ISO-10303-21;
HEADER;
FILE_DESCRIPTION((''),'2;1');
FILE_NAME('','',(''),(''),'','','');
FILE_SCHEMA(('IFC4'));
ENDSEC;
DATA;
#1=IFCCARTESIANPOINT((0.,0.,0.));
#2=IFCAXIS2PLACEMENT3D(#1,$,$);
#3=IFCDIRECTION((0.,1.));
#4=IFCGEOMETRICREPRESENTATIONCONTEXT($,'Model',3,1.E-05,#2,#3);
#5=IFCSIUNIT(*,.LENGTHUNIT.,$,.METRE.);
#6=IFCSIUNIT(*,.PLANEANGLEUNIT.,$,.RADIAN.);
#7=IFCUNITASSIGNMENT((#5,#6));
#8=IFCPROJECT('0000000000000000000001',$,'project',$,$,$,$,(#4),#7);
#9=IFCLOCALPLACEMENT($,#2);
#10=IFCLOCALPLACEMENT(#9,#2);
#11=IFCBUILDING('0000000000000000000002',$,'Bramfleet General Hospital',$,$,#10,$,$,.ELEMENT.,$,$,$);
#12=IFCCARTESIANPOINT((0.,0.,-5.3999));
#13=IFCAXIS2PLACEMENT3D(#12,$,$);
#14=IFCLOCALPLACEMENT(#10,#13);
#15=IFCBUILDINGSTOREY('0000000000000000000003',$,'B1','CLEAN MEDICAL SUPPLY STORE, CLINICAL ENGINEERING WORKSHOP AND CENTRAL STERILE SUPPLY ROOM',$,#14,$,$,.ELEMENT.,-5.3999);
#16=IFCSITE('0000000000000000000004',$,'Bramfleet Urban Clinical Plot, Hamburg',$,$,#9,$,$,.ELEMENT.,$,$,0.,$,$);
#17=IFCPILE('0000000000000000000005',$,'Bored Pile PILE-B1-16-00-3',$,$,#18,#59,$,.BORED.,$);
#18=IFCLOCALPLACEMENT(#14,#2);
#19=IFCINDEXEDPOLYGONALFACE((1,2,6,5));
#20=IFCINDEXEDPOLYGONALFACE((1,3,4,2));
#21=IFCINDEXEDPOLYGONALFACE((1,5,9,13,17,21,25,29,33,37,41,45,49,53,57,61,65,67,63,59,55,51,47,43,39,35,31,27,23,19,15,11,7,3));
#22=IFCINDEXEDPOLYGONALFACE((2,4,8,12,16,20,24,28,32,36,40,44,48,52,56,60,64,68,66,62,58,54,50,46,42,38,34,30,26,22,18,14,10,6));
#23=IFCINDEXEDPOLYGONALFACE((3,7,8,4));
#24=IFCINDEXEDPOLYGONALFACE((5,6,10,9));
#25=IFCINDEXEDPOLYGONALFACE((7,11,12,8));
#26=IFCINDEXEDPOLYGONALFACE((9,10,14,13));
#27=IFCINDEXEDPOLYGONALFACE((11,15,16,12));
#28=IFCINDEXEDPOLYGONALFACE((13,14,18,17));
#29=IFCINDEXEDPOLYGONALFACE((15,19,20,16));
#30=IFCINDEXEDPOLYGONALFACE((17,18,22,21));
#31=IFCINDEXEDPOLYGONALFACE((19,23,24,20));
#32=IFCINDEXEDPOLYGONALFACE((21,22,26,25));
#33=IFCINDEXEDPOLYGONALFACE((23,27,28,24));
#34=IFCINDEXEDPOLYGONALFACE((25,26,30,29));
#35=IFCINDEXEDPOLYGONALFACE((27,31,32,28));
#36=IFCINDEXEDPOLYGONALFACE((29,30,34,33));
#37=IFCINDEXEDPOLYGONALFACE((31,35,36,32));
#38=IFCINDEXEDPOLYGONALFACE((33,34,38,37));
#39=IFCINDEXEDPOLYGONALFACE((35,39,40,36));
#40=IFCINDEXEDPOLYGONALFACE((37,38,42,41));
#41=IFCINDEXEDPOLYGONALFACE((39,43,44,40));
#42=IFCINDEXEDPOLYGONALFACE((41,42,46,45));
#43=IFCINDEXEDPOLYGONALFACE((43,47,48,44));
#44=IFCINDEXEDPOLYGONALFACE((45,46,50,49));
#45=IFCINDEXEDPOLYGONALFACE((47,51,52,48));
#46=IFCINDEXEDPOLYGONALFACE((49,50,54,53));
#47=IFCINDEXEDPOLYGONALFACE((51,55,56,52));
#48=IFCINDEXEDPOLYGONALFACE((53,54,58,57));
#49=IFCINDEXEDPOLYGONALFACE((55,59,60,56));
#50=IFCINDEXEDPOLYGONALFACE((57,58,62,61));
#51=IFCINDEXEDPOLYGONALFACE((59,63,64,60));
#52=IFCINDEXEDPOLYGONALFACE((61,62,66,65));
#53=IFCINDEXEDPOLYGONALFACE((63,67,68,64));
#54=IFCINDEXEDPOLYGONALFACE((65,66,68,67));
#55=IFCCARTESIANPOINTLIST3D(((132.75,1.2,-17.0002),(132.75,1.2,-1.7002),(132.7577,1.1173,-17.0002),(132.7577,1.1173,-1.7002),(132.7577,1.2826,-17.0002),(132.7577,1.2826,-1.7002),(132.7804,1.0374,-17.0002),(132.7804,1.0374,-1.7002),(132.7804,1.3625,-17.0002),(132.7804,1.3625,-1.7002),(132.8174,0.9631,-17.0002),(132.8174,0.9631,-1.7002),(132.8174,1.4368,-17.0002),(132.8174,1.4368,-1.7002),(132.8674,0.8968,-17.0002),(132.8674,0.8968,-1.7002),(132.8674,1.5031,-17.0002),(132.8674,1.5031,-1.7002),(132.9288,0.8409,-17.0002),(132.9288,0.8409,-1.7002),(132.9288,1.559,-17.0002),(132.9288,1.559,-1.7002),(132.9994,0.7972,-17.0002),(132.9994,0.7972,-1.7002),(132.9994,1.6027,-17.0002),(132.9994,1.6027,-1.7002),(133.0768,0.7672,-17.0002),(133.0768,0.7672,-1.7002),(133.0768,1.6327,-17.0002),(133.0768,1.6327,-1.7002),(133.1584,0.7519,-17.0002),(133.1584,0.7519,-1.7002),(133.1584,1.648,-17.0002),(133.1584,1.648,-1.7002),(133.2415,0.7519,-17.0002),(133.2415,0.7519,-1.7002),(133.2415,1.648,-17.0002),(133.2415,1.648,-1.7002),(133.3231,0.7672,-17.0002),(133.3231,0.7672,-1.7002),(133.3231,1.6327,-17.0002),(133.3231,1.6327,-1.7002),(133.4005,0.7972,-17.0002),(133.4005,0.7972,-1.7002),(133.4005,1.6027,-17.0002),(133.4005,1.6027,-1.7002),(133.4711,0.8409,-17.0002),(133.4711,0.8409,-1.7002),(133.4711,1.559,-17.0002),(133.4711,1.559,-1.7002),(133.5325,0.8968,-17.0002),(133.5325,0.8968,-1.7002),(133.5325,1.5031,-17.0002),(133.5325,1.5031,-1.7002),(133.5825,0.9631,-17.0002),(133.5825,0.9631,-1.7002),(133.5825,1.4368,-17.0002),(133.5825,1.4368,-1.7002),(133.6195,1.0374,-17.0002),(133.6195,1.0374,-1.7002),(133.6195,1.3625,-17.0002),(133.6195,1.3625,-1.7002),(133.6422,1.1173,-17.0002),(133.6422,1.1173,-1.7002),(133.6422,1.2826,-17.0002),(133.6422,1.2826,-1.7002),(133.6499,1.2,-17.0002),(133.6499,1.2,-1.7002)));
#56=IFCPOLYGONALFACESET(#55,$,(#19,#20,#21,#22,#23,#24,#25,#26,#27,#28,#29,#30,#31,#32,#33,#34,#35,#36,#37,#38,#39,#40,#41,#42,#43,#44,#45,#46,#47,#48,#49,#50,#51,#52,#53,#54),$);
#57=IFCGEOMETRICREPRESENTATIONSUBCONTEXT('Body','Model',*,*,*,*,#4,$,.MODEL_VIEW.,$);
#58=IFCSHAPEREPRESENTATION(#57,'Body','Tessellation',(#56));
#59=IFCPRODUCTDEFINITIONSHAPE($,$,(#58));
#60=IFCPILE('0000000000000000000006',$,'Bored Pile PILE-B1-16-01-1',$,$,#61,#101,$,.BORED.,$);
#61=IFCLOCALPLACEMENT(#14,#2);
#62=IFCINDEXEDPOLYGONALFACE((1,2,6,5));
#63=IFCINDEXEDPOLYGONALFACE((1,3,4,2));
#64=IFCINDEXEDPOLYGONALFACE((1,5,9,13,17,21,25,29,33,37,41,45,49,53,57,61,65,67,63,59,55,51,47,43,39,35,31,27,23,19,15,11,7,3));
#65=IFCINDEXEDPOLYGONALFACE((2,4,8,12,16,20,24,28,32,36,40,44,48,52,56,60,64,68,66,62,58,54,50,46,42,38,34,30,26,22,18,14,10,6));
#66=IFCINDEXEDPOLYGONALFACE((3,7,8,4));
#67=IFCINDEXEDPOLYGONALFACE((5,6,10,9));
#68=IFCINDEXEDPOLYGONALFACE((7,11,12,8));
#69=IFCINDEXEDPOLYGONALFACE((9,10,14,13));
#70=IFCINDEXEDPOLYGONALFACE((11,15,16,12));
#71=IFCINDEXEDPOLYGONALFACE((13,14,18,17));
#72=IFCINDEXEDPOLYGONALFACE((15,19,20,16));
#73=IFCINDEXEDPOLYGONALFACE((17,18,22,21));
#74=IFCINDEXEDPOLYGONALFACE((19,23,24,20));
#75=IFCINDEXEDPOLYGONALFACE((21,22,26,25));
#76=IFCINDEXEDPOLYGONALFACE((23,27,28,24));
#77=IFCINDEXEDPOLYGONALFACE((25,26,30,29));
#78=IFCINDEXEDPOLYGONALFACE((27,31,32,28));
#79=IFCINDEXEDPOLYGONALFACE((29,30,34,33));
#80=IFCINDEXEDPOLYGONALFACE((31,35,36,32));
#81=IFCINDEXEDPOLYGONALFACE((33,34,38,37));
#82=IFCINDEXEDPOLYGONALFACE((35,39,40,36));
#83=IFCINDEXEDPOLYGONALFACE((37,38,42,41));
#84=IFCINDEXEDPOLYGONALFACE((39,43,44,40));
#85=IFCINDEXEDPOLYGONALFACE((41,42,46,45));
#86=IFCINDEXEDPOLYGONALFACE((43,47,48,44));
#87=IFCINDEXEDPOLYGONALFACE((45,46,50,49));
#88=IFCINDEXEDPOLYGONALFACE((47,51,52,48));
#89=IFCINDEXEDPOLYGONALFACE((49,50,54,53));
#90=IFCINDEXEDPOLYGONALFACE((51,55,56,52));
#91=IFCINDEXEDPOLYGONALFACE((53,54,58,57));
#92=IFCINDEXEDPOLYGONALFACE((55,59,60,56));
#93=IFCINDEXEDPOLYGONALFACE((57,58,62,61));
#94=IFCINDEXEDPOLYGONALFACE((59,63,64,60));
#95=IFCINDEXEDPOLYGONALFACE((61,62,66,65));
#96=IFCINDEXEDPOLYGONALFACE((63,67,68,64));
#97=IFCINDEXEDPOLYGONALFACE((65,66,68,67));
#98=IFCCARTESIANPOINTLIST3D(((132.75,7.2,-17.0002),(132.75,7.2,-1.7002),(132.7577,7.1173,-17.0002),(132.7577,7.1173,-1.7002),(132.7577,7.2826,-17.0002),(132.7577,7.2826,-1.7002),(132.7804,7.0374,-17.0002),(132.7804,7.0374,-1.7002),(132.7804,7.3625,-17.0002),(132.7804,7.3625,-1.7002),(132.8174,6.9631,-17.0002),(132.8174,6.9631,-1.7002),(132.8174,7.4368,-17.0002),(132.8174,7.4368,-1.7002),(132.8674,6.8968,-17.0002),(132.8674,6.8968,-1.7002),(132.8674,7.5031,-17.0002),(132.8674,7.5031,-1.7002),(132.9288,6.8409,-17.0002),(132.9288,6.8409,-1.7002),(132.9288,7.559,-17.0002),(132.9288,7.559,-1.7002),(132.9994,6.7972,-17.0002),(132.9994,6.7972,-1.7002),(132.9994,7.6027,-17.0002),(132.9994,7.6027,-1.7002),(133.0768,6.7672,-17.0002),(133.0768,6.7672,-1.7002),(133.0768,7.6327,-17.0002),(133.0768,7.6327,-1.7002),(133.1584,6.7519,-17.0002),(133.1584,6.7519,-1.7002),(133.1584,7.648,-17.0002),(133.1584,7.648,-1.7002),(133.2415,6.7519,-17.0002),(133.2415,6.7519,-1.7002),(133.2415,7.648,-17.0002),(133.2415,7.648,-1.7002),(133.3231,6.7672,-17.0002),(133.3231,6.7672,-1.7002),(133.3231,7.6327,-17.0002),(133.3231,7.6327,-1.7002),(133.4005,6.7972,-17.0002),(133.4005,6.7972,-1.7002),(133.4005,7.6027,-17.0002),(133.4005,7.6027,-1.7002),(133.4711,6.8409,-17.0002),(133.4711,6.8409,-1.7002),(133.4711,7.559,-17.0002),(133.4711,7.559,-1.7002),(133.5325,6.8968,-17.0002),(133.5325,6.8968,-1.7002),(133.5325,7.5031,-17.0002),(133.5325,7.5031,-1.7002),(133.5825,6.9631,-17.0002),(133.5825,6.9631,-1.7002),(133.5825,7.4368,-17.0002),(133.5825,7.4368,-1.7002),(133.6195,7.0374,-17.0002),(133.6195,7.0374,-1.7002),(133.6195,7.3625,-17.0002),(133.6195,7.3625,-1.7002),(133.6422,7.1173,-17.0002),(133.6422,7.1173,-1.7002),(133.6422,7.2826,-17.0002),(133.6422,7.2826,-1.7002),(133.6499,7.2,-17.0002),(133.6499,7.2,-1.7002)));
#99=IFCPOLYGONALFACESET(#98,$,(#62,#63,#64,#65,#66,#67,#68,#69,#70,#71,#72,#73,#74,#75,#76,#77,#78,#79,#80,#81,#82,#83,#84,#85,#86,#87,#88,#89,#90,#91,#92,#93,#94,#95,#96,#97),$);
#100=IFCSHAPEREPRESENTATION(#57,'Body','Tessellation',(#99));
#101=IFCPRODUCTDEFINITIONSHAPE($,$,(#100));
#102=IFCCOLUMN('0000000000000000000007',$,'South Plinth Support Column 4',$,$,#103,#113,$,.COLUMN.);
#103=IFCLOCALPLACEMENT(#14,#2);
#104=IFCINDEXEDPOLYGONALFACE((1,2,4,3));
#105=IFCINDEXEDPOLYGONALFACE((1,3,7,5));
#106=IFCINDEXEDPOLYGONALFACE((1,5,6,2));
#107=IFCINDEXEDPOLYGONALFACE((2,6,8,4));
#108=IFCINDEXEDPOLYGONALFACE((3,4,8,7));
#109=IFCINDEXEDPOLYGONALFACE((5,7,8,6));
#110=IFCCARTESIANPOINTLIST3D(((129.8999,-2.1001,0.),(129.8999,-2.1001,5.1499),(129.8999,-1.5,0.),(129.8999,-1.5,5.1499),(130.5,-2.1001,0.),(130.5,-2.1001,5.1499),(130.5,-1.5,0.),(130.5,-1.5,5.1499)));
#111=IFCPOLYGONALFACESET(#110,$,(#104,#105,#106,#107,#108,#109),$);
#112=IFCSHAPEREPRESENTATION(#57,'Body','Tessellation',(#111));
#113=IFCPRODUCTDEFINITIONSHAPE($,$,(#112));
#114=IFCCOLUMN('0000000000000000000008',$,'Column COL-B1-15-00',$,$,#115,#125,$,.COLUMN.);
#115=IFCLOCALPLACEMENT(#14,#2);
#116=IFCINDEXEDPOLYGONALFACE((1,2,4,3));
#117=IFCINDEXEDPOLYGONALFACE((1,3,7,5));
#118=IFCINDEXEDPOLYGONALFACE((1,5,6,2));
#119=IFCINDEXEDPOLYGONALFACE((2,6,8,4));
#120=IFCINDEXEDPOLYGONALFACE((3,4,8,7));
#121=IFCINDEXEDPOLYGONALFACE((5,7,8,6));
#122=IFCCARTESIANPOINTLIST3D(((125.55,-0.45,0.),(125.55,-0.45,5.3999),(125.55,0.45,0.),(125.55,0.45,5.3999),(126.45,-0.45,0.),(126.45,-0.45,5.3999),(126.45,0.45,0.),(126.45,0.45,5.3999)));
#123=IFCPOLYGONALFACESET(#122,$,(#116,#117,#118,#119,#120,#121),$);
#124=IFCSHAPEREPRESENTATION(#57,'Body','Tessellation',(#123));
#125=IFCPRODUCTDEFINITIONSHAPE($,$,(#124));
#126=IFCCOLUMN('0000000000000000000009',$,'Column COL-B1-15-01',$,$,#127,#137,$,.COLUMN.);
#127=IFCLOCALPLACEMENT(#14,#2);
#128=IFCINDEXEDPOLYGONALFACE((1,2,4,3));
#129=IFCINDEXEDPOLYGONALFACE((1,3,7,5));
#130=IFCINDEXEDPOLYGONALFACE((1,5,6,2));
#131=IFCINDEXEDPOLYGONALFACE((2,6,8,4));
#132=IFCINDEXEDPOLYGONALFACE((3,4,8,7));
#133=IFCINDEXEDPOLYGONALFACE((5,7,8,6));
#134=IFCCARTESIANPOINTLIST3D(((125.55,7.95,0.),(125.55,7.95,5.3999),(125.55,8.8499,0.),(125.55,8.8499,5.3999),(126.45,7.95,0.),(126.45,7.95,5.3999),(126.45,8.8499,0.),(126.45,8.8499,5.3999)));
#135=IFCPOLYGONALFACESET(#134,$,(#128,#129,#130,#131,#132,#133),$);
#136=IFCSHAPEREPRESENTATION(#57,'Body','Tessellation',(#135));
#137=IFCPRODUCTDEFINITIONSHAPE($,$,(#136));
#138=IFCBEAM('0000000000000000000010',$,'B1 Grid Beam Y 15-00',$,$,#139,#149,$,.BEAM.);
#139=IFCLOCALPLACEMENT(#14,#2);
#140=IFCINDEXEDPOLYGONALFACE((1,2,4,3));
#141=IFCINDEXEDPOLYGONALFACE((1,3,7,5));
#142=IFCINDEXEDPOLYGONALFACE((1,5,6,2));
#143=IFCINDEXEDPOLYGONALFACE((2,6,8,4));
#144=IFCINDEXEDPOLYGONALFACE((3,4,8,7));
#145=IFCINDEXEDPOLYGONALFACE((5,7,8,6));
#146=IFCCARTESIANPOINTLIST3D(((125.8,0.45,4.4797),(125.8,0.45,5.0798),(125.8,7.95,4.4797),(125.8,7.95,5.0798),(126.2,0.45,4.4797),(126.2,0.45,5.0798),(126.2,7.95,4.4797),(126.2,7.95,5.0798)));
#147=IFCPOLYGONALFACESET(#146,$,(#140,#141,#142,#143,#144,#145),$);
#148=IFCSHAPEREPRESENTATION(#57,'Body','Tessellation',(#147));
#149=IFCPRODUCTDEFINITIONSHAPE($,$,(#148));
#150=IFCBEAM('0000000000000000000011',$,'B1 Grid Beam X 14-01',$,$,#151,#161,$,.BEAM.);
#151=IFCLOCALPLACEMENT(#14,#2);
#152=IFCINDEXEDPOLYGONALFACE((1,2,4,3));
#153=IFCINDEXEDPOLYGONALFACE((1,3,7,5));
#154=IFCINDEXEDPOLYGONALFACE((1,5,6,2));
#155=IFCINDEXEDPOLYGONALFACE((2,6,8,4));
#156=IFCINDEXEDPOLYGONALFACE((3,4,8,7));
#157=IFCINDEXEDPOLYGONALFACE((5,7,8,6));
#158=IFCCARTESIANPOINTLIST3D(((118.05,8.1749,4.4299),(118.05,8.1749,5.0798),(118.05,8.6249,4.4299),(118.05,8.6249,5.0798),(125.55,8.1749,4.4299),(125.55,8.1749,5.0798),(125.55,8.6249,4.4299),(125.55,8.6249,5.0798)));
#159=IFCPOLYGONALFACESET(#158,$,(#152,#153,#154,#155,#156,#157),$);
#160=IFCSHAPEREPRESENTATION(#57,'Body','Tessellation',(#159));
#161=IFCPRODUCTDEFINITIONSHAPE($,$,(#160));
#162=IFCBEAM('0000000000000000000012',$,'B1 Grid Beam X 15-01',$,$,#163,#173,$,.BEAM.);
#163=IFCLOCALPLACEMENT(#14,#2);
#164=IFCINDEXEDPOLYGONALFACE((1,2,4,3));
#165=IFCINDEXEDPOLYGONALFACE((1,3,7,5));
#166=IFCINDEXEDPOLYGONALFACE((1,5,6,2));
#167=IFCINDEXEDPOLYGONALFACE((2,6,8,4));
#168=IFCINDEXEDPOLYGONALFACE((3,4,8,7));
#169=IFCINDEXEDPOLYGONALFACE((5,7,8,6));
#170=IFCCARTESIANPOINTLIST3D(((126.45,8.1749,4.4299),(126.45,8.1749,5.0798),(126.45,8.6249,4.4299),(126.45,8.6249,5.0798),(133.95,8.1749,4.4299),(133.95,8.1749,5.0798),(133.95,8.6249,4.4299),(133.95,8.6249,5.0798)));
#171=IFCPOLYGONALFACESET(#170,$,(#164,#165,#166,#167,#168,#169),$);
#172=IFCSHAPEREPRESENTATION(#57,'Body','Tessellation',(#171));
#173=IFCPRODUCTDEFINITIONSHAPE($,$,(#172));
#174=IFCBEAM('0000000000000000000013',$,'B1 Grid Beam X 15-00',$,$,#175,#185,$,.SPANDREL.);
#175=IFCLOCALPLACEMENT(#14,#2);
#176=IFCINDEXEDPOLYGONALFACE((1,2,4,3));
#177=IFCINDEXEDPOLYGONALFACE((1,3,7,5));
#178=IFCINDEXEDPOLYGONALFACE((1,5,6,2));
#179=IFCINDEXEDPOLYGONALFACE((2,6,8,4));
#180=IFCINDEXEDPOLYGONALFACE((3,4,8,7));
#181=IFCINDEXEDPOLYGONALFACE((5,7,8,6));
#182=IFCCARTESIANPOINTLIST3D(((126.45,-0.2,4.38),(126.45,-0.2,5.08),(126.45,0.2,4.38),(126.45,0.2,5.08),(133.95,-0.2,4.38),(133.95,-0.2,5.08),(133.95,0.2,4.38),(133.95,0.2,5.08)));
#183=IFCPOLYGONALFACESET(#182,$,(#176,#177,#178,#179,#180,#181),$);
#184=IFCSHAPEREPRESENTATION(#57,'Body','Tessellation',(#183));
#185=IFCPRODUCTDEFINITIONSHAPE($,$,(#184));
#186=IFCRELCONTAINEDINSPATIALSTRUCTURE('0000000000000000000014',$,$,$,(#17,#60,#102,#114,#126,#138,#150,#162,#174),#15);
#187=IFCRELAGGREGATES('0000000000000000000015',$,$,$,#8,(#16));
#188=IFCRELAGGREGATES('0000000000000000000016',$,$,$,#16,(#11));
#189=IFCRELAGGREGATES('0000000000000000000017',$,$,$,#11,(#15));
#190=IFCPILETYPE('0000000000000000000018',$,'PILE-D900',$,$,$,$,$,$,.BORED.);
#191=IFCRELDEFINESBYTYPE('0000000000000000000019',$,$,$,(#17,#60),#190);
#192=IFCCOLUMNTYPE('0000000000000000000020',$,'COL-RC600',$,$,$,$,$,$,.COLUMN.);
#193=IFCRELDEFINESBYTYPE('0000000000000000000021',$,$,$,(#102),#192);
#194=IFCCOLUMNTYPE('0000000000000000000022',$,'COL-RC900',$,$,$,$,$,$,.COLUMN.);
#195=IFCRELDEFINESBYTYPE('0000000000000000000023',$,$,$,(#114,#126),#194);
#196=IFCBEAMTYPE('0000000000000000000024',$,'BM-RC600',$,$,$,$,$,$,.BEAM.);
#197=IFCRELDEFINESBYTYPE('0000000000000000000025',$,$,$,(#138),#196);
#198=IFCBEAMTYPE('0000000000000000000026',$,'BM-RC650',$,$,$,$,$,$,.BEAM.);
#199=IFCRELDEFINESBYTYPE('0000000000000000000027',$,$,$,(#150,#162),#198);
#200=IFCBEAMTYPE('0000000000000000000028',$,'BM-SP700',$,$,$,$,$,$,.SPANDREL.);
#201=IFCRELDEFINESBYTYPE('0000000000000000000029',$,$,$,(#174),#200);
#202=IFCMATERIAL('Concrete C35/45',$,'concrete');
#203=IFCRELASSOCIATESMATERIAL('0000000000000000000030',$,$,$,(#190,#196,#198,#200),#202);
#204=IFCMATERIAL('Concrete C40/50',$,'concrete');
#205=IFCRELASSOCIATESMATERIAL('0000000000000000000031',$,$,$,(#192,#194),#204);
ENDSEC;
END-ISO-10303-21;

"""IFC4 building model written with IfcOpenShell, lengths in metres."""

from ifc_helpers import new_model, si_unit, direction, frame, origin, origin_2d, place, context, subcontext, project, spatial, rectangle, circle, extrude, material, material_profile, profile_set, type_object, element, save


model = new_model("IFC4")

# Units and contexts
model_context = context("Model", 3, precision=1e-05, world=origin(), true_north=direction((0.0, 1.0)))
body_context = subcontext(model_context, "Body", "Model", "MODEL_VIEW")
ifc_project = project(units=[si_unit("LENGTHUNIT", "METRE"), si_unit("PLANEANGLEUNIT", "RADIAN")], contexts=[model_context])

# Site, building, storey
site_placement = place(None, origin())
site = spatial("IfcSite", under=ifc_project, at=site_placement, Name="Bramfleet Urban Clinical Plot, Hamburg", CompositionType="ELEMENT", RefElevation=0.0)
building_placement = place(site_placement, origin())
building = spatial("IfcBuilding", under=site, at=building_placement, Name="Bramfleet General Hospital", CompositionType="ELEMENT")
storey_placement = place(building_placement, frame((0.0, 0.0, -5.3999)))
storey = spatial("IfcBuildingStorey", under=building, at=storey_placement, Name="B1", Description="CLEAN MEDICAL SUPPLY STORE, CLINICAL ENGINEERING WORKSHOP AND CENTRAL STERILE SUPPLY ROOM", CompositionType="ELEMENT", Elevation=-5.3999)

# Shared definitions
ifc_material_1 = material(Name="Concrete C35/45", Category="concrete")

# Piles
ifc_material_profile_1 = material_profile(ifc_material_1, circle(Radius=0.45, at=origin_2d()), Name="PILE BORED D900")
ifc_profile_set_1 = profile_set([ifc_material_profile_1], Name="Concrete C35/45")
pile_type = type_object("IfcPileType", Name="PILE-D900", PredefinedType="BORED", material=ifc_profile_set_1)
for number, where, z_axis, x_axis, name in (
    (1, (133.2, 1.2, -1.7002), (0.0, 0.0, -1.0), (1.0, 0.0, 0.0), "Bored Pile PILE-B1-16-00-3"),
    (2, (133.2, 7.2, -1.7002), (0.0, 0.0, -1.0), (1.0, 0.0, 0.0), "Bored Pile PILE-B1-16-01-1"),
):
    element("IfcPile", number, at=place(storey_placement, frame(where, z_axis=z_axis, x_axis=x_axis)), inside=storey, type_object=pile_type, Name=name, PredefinedType="BORED", context=body_context, shape_type="SweptSolid", body=[
        extrude(circle(Radius=0.45, at=origin_2d()), origin(), (0.0, 0.0, 1.0), 15.3),
    ])

# Columns
ifc_material_2 = material(Name="Concrete C40/50", Category="concrete")
ifc_material_profile_2 = material_profile(ifc_material_2, rectangle(XDim=0.6001, YDim=0.6001, at=origin_2d()), Name="RC COL 600x600")
ifc_profile_set_2 = profile_set([ifc_material_profile_2], Name="Concrete C40/50")
column_type_1 = type_object("IfcColumnType", Name="COL-RC600", PredefinedType="COLUMN", material=ifc_profile_set_2)
column_placement = place(storey_placement, frame((130.2, -1.8, 0.0), z_axis=(0.0, 0.0, 1.0), x_axis=(1.0, 0.0, 0.0)))
element("IfcColumn", 3, at=column_placement, inside=storey, type_object=column_type_1, Name="South Plinth Support Column 4", PredefinedType="COLUMN", context=body_context, shape_type="SweptSolid", body=[
    extrude(rectangle(XDim=0.6001, YDim=0.6001, at=origin_2d()), origin(), (0.0, 0.0, 1.0), 5.1499),
])
ifc_material_profile_3 = material_profile(ifc_material_2, rectangle(XDim=0.8999, YDim=0.8999, at=origin_2d()), Name="RC COL 900x900")
ifc_profile_set_3 = profile_set([ifc_material_profile_3], Name="Concrete C40/50")
column_type_2 = type_object("IfcColumnType", Name="COL-RC900", PredefinedType="COLUMN", material=ifc_profile_set_3)
for number, where, z_axis, x_axis, name in (
    (4, (126.0, 0.0, 0.0), (0.0, 0.0, 1.0), (1.0, 0.0, 0.0), "Column COL-B1-15-00"),
    (5, (126.0, 8.3999, 0.0), (0.0, 0.0, 1.0), (1.0, 0.0, 0.0), "Column COL-B1-15-01"),
):
    element("IfcColumn", number, at=place(storey_placement, frame(where, z_axis=z_axis, x_axis=x_axis)), inside=storey, type_object=column_type_2, Name=name, PredefinedType="COLUMN", context=body_context, shape_type="SweptSolid", body=[
        extrude(rectangle(XDim=0.8999, YDim=0.8999, at=origin_2d()), origin(), (0.0, 0.0, 1.0), 5.3999),
    ])

# Beams
ifc_material_profile_4 = material_profile(ifc_material_1, rectangle(XDim=0.3999, YDim=0.6001, at=origin_2d()), Name="RC BM 600x400")
ifc_profile_set_4 = profile_set([ifc_material_profile_4], Name="Concrete C35/45")
beam_type_1 = type_object("IfcBeamType", Name="BM-RC600", PredefinedType="BEAM", material=ifc_profile_set_4)
beam_1_placement = place(storey_placement, frame((126.0, 0.45, 4.7798), z_axis=(0.0, 1.0, 0.0), x_axis=(-1.0, 0.0, 0.0)))
element("IfcBeam", 6, at=beam_1_placement, inside=storey, type_object=beam_type_1, Name="B1 Grid Beam Y 15-00", PredefinedType="BEAM", context=body_context, shape_type="SweptSolid", body=[
    extrude(rectangle(XDim=0.3999, YDim=0.6001, at=origin_2d()), origin(), (0.0, 0.0, 1.0), 7.5),
])
ifc_material_profile_5 = material_profile(ifc_material_1, rectangle(XDim=0.45, YDim=0.6499, at=origin_2d()), Name="RC BM 650x450")
ifc_profile_set_5 = profile_set([ifc_material_profile_5], Name="Concrete C35/45")
beam_type_2 = type_object("IfcBeamType", Name="BM-RC650", PredefinedType="BEAM", material=ifc_profile_set_5)
for number, where, z_axis, x_axis, name in (
    (7, (118.05, 8.3999, 4.7549), (1.0, 0.0, 0.0), (0.0, 1.0, 0.0), "B1 Grid Beam X 14-01"),
    (8, (126.45, 8.3999, 4.7549), (1.0, 0.0, 0.0), (0.0, 1.0, 0.0), "B1 Grid Beam X 15-01"),
):
    element("IfcBeam", number, at=place(storey_placement, frame(where, z_axis=z_axis, x_axis=x_axis)), inside=storey, type_object=beam_type_2, Name=name, PredefinedType="BEAM", context=body_context, shape_type="SweptSolid", body=[
        extrude(rectangle(XDim=0.45, YDim=0.6499, at=origin_2d()), origin(), (0.0, 0.0, 1.0), 7.5),
    ])
ifc_material_profile_6 = material_profile(ifc_material_1, rectangle(XDim=0.3999, YDim=0.7, at=origin_2d()), Name="RC SP 700x400")
ifc_profile_set_6 = profile_set([ifc_material_profile_6], Name="Concrete C35/45")
beam_type_3 = type_object("IfcBeamType", Name="BM-SP700", PredefinedType="SPANDREL", material=ifc_profile_set_6)
beam_2_placement = place(storey_placement, frame((126.45, 0.0, 4.73), z_axis=(1.0, 0.0, 0.0), x_axis=(0.0, 1.0, 0.0)))
element("IfcBeam", 9, at=beam_2_placement, inside=storey, type_object=beam_type_3, Name="B1 Grid Beam X 15-00", PredefinedType="SPANDREL", context=body_context, shape_type="SweptSolid", body=[
    extrude(rectangle(XDim=0.3999, YDim=0.7, at=origin_2d()), origin(), (0.0, 0.0, 1.0), 7.5),
])

save(model, "model.ifc")
